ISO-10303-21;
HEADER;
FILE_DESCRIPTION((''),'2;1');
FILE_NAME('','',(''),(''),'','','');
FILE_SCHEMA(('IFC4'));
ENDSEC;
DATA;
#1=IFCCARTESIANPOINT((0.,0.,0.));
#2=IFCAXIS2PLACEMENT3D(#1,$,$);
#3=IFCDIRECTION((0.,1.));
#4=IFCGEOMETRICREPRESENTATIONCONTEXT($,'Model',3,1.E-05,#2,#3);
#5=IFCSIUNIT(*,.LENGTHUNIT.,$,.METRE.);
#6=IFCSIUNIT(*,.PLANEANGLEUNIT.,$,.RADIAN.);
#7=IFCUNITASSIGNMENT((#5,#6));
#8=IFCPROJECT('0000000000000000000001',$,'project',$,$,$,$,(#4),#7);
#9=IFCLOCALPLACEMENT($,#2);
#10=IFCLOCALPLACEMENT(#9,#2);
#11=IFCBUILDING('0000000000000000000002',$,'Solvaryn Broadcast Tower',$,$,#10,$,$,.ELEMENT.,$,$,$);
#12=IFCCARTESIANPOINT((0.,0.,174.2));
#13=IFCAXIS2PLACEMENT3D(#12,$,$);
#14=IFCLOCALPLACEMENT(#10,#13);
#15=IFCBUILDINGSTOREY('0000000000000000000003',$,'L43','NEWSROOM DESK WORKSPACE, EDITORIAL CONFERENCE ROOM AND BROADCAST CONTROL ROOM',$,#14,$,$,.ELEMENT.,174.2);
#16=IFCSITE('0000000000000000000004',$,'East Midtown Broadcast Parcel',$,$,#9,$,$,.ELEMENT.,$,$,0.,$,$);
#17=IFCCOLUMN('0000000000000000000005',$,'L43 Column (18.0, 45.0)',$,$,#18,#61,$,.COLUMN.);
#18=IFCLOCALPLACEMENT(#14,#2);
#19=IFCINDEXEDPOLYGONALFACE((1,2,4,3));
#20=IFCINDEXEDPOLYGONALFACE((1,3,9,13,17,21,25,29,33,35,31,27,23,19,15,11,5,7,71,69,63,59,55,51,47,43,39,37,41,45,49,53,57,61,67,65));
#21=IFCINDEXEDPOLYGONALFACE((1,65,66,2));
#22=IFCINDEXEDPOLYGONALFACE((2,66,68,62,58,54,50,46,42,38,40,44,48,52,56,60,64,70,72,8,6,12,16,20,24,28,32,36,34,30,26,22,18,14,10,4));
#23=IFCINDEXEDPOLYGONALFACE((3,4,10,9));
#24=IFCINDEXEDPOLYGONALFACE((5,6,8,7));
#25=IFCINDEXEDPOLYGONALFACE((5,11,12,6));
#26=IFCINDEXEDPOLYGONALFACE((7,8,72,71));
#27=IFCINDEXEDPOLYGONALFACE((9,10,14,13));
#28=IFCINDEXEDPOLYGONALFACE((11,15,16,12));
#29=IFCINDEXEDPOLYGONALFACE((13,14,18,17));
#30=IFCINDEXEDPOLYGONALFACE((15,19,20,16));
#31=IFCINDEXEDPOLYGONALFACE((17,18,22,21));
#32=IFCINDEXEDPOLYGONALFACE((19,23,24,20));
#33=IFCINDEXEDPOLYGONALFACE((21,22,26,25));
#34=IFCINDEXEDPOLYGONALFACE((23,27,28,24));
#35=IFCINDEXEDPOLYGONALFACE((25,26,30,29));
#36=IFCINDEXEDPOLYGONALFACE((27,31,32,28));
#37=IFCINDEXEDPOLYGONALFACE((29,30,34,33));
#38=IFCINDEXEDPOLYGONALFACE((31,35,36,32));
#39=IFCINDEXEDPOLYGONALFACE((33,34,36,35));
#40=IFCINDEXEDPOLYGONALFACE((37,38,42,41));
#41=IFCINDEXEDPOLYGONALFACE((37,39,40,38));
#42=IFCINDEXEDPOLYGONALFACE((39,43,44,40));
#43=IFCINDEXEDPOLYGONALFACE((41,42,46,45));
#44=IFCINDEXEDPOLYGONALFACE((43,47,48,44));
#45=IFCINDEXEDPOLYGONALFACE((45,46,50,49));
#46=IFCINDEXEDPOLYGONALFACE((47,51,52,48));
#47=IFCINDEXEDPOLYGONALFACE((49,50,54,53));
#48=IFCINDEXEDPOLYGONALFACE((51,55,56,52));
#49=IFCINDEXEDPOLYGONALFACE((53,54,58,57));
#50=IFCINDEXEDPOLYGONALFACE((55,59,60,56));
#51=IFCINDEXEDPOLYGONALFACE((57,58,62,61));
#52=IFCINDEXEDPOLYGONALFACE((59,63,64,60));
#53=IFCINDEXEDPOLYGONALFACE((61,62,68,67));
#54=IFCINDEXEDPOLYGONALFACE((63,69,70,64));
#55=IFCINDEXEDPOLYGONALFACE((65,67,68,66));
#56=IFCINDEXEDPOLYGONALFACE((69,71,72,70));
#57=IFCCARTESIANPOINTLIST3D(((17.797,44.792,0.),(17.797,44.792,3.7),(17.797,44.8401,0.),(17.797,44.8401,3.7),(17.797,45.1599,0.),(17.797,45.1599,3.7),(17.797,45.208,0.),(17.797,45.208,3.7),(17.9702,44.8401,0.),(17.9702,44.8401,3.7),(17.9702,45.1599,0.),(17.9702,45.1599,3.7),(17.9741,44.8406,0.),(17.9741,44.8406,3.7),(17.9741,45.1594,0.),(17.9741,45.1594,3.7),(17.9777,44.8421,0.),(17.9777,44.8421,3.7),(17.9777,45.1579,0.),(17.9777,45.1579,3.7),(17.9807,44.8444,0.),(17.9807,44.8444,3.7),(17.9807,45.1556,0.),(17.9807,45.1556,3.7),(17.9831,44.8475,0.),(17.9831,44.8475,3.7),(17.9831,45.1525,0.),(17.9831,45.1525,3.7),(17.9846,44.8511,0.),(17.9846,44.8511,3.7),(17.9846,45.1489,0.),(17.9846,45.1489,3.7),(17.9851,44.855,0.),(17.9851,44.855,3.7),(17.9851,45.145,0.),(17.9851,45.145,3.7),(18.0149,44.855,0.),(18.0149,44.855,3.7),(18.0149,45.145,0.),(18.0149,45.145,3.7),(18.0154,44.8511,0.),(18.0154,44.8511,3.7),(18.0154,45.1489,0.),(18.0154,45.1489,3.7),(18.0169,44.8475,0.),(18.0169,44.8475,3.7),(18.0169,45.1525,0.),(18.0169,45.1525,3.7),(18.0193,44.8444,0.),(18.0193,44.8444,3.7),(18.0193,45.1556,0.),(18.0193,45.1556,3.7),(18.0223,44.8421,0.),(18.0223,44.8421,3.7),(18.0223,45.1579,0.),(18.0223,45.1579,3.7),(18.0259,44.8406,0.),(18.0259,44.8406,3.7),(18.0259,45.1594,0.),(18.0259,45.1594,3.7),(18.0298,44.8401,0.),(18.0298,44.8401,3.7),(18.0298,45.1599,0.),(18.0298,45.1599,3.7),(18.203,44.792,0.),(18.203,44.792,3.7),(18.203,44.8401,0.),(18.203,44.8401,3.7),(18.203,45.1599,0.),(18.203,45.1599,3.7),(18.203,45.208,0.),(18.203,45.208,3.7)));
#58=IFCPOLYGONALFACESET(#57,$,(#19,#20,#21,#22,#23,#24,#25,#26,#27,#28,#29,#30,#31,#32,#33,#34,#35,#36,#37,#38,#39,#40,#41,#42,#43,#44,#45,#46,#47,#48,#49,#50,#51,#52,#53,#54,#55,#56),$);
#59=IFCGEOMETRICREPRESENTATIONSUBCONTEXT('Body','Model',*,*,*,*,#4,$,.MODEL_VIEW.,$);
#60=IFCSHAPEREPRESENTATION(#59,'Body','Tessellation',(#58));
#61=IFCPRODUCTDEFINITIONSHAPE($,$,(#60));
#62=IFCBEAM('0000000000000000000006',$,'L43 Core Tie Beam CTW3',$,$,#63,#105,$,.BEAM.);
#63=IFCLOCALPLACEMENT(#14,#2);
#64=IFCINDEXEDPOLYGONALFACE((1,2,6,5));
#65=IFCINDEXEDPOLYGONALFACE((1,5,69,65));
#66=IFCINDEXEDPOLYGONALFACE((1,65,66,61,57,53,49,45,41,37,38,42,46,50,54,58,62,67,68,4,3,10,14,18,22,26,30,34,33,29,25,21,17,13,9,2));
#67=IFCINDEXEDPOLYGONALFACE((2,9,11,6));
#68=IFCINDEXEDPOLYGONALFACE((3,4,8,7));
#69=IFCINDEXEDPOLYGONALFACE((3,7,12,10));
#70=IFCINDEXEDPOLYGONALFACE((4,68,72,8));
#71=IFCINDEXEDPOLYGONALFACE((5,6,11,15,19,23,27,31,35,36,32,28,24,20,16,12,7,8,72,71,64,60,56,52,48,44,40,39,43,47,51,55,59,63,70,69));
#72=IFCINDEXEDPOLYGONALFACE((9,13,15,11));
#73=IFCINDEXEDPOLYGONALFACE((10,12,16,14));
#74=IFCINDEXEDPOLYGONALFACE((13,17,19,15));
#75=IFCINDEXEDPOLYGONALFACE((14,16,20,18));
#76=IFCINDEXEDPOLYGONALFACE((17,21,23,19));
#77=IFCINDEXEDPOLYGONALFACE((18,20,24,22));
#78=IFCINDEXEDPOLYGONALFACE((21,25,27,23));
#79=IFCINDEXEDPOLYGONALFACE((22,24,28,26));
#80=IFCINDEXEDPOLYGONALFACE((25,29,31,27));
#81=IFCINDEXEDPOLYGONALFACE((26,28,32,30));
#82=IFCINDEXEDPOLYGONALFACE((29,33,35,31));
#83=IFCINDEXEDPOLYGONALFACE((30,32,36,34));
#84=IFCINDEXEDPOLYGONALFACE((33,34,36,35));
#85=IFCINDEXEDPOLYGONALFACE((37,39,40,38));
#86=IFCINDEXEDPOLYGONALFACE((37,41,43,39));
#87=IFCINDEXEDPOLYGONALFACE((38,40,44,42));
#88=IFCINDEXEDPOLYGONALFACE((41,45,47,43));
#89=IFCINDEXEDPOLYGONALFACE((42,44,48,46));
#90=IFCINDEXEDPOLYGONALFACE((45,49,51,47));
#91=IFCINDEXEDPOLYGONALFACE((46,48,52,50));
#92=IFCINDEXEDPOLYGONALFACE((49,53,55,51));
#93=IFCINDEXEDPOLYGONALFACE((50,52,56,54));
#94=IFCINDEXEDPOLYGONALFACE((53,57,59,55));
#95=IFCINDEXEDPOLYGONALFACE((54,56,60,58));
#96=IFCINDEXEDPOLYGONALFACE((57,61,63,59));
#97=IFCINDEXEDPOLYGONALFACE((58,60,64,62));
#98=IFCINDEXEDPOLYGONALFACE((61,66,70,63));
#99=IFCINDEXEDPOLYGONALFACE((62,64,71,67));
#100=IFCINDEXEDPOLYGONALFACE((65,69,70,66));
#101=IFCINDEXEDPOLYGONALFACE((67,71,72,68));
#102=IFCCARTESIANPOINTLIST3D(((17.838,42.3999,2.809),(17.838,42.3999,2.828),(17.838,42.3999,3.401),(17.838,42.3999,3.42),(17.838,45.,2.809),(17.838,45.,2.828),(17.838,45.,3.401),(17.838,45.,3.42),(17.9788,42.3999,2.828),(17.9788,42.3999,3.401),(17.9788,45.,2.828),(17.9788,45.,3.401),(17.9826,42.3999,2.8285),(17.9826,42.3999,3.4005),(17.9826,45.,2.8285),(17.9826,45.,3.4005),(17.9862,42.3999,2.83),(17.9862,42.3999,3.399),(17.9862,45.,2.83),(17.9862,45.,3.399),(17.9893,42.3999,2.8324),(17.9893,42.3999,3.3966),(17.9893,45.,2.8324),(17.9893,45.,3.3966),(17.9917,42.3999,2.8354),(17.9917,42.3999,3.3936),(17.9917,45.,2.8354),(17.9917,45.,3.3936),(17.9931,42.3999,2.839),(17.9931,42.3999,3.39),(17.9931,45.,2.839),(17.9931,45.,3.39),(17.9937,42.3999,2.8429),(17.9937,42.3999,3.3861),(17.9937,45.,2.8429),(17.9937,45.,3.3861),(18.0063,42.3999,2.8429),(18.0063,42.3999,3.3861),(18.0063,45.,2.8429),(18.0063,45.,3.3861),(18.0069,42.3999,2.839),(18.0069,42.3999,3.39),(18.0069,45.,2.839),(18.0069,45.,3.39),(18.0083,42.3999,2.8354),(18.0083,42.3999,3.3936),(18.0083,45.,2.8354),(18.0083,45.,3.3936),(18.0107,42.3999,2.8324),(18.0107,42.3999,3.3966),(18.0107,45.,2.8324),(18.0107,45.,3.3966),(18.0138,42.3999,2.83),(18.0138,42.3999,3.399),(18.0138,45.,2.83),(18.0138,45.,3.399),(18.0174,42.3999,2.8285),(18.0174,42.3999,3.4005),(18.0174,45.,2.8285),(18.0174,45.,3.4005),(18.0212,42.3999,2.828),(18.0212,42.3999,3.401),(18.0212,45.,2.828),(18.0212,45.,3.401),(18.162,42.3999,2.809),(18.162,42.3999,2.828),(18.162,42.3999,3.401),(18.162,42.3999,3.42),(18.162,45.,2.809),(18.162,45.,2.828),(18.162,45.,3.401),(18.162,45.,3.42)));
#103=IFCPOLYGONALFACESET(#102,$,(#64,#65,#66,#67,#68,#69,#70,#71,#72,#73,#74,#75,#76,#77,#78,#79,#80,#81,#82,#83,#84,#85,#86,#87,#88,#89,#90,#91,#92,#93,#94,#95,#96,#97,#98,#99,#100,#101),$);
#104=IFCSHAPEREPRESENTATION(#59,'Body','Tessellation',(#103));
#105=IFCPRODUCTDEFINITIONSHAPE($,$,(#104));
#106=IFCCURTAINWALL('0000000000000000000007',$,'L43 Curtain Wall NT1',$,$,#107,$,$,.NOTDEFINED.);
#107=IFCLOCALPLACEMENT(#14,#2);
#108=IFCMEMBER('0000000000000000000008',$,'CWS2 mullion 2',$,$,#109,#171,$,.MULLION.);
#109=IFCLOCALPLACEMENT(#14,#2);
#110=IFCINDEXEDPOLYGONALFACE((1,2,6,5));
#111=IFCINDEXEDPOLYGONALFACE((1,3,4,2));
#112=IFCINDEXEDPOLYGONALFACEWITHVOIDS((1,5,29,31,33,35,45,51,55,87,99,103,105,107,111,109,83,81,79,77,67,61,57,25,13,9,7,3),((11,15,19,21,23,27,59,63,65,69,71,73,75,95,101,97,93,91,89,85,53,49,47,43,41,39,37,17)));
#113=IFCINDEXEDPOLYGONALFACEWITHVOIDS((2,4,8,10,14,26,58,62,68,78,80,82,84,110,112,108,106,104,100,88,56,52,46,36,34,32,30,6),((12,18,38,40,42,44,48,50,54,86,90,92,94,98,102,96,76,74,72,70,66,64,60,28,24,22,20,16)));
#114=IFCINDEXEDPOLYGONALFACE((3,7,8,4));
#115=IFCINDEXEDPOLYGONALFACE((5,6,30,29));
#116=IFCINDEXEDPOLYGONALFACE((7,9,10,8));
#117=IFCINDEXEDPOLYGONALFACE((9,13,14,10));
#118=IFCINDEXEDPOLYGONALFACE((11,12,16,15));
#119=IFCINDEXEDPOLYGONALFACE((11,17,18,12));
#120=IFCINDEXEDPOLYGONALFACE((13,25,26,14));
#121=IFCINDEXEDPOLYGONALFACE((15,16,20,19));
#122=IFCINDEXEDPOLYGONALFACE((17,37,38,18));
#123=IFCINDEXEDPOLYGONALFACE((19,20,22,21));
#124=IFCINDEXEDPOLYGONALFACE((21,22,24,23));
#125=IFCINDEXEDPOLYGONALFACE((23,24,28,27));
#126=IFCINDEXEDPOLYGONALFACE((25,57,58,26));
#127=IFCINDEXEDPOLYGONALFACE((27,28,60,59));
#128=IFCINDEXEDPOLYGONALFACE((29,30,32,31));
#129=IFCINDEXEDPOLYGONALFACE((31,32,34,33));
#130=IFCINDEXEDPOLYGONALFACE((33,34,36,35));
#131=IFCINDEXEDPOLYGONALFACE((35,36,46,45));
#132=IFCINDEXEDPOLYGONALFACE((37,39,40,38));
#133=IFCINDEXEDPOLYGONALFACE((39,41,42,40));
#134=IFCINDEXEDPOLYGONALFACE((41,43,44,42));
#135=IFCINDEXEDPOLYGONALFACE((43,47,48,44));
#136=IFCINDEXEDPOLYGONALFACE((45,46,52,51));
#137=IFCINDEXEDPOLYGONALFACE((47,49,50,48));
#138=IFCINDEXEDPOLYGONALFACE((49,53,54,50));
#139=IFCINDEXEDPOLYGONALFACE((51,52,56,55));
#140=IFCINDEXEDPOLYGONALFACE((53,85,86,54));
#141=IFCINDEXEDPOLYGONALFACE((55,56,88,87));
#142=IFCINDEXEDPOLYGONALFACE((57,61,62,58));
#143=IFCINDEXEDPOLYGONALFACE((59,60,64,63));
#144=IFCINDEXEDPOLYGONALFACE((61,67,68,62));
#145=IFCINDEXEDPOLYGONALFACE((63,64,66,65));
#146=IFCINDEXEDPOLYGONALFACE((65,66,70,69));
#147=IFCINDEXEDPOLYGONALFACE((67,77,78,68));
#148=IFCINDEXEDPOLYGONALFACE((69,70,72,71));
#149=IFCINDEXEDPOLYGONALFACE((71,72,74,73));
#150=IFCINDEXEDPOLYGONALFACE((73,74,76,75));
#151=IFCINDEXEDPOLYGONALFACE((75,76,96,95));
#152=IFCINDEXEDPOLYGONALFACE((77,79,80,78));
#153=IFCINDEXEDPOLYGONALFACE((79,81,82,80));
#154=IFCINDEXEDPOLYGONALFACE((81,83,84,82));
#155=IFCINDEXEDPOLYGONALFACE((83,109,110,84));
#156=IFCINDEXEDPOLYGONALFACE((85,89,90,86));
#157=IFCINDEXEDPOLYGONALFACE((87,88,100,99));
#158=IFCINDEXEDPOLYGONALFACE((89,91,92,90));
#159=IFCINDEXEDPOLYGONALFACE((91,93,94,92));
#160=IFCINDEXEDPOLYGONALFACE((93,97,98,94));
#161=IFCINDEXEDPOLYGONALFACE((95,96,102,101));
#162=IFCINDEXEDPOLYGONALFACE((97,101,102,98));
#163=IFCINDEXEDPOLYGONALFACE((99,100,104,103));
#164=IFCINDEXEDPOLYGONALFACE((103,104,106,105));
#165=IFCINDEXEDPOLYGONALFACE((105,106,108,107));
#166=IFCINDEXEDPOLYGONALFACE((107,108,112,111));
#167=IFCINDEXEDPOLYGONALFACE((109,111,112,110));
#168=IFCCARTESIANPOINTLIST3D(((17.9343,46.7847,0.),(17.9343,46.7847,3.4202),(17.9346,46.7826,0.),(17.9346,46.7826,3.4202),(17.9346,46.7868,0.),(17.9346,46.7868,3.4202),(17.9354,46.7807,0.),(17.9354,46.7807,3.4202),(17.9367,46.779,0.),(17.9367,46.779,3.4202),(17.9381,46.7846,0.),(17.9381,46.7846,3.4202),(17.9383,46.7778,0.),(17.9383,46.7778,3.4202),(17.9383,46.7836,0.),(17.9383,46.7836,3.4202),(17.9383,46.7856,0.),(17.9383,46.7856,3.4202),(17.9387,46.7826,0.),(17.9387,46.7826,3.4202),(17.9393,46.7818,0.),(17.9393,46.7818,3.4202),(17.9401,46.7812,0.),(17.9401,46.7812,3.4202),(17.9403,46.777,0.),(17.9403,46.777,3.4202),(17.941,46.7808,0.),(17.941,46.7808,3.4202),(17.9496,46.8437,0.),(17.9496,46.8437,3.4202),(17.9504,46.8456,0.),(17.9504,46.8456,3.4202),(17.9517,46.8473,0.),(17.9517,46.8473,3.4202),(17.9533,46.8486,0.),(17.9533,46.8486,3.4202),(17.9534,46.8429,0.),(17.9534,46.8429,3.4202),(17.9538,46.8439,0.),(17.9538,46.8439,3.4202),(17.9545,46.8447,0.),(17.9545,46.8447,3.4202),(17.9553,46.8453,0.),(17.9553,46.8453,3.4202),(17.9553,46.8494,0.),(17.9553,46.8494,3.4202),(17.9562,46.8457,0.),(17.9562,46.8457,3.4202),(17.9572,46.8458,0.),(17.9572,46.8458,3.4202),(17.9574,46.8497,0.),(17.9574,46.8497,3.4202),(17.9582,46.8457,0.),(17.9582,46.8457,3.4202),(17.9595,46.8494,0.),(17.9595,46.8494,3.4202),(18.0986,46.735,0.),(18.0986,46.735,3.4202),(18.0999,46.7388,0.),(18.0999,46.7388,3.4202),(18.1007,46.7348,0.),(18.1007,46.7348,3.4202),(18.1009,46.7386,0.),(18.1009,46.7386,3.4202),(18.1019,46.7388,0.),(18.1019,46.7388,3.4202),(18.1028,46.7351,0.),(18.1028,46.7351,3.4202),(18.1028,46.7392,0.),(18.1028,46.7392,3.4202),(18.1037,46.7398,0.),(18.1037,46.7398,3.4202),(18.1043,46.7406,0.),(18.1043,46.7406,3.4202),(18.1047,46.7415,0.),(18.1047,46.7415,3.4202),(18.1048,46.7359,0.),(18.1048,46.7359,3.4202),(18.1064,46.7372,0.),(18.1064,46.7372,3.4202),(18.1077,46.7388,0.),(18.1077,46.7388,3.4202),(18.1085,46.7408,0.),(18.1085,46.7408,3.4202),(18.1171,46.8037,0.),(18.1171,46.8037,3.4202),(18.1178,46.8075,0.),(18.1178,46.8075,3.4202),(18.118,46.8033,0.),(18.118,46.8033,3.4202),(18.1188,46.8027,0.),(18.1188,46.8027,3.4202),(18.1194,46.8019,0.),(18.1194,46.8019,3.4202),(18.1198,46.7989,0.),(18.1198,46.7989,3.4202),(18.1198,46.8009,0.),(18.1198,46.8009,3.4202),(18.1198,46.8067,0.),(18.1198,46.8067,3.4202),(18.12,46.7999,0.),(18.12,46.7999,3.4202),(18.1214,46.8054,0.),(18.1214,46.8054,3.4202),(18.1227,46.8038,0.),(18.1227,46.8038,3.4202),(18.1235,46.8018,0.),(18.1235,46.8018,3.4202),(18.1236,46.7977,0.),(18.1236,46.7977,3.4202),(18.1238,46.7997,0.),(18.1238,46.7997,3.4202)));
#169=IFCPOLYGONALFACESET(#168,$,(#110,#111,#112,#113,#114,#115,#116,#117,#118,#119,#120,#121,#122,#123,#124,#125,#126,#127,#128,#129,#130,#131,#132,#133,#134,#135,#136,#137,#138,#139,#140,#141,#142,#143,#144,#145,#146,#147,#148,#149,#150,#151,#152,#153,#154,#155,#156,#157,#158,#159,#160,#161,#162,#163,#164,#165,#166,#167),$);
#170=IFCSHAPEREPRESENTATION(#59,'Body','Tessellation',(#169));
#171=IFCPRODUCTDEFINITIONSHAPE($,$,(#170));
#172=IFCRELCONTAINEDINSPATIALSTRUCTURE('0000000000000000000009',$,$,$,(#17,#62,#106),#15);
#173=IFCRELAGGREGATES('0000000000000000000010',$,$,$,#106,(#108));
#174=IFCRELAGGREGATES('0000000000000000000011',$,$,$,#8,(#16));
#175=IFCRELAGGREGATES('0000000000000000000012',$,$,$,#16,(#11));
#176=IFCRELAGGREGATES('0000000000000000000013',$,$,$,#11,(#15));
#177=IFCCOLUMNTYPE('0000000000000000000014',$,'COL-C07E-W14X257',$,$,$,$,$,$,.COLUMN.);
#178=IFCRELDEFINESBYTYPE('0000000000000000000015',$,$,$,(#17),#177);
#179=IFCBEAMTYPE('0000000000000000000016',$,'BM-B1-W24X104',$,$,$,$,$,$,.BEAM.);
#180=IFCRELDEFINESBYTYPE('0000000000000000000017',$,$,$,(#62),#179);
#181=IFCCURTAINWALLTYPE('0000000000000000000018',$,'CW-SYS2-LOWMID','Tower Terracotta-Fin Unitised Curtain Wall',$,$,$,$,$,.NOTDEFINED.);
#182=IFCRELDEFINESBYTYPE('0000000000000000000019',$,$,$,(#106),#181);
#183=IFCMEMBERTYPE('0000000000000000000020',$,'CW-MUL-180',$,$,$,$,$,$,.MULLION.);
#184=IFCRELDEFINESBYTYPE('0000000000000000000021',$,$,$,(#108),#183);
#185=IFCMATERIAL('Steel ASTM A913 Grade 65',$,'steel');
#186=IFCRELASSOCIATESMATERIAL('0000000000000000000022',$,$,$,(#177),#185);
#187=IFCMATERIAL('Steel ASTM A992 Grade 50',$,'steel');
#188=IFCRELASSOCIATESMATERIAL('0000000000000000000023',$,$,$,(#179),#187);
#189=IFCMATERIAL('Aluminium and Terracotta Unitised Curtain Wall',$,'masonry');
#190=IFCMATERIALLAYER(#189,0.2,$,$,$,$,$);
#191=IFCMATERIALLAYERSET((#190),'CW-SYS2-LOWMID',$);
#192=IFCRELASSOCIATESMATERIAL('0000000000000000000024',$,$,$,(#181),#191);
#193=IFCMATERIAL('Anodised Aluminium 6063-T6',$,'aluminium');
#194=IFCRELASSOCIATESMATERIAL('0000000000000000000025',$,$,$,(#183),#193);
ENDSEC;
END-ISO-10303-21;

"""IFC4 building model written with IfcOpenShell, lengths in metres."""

from ifc_helpers import new_model, si_unit, direction, frame, origin, origin_2d, place, context, subcontext, project, spatial, hollow_rectangle, i_section, extrude, material, layer, layer_set, material_profile, profile_set, type_object, element, aggregate, save


model = new_model("IFC4")

# Units and contexts
model_context = context("Model", 3, precision=1e-05, world=origin(), true_north=direction((0.0, 1.0)))
body_context = subcontext(model_context, "Body", "Model", "MODEL_VIEW")
ifc_project = project(units=[si_unit("LENGTHUNIT", "METRE"), si_unit("PLANEANGLEUNIT", "RADIAN")], contexts=[model_context])

# Site, building, storey
site_placement = place(None, origin())
site = spatial("IfcSite", under=ifc_project, at=site_placement, Name="East Midtown Broadcast Parcel", CompositionType="ELEMENT", RefElevation=0.0)
building_placement = place(site_placement, origin())
building = spatial("IfcBuilding", under=site, at=building_placement, Name="Solvaryn Broadcast Tower", CompositionType="ELEMENT")
storey_placement = place(building_placement, frame((0.0, 0.0, 174.2)))
storey = spatial("IfcBuildingStorey", under=building, at=storey_placement, Name="L43", Description="NEWSROOM DESK WORKSPACE, EDITORIAL CONFERENCE ROOM AND BROADCAST CONTROL ROOM", CompositionType="ELEMENT", Elevation=174.2)

# Column
ifc_material_1 = material(Name="Steel ASTM A913 Grade 65", Category="steel")
ifc_material_profile_1 = material_profile(ifc_material_1, i_section(OverallWidth=0.406, OverallDepth=0.416, WebThickness=0.0298, FlangeThickness=0.0481, FilletRadius=0.0149, at=origin_2d()))
ifc_profile_set_1 = profile_set([ifc_material_profile_1], Name="Steel ASTM A913 Grade 65")
column_type = type_object("IfcColumnType", Name="COL-C07E-W14X257", PredefinedType="COLUMN", material=ifc_profile_set_1)
column_placement = place(storey_placement, frame((18.0, 45.0, 0.0), z_axis=(0.0, 0.0, 1.0), x_axis=(1.0, 0.0, 0.0)))
element("IfcColumn", 1, at=column_placement, inside=storey, type_object=column_type, Name="L43 Column (18.0, 45.0)", PredefinedType="COLUMN", context=body_context, shape_type="SweptSolid", body=[
    extrude(i_section(OverallWidth=0.406, OverallDepth=0.416, WebThickness=0.0298, FlangeThickness=0.0481, FilletRadius=0.0149, at=origin_2d()), origin(), (0.0, 0.0, 1.0), 3.7),
])

# Beam
ifc_material_2 = material(Name="Steel ASTM A992 Grade 50", Category="steel")
ifc_material_profile_2 = material_profile(ifc_material_2, i_section(OverallWidth=0.324, OverallDepth=0.6111, WebThickness=0.0127, FlangeThickness=0.019, FilletRadius=0.0149, at=origin_2d()))
ifc_profile_set_2 = profile_set([ifc_material_profile_2], Name="Steel ASTM A992 Grade 50")
beam_type = type_object("IfcBeamType", Name="BM-B1-W24X104", PredefinedType="BEAM", material=ifc_profile_set_2)
beam_placement = place(storey_placement, frame((18.0, 42.3999, 3.1145), z_axis=(0.0, 1.0, 0.0), x_axis=(-1.0, 0.0, 0.0)))
element("IfcBeam", 2, at=beam_placement, inside=storey, type_object=beam_type, Name="L43 Core Tie Beam CTW3", PredefinedType="BEAM", context=body_context, shape_type="SweptSolid", body=[
    extrude(i_section(OverallWidth=0.324, OverallDepth=0.6111, WebThickness=0.0127, FlangeThickness=0.019, FilletRadius=0.0149, at=origin_2d()), origin(), (0.0, 0.0, 1.0), 2.6001),
])

# Curtain wall, member
ifc_material_3 = material(Name="Aluminium and Terracotta Unitised Curtain Wall", Category="masonry")
ifc_layer_1 = layer(ifc_material_3, 0.2)
ifc_layer_set_1 = layer_set([ifc_layer_1], Name="CW-SYS2-LOWMID")
curtain_wall_type = type_object("IfcCurtainWallType", Name="CW-SYS2-LOWMID", Description="Tower Terracotta-Fin Unitised Curtain Wall", PredefinedType="NOTDEFINED", material=ifc_layer_set_1)
curtain_wall_1_placement = place(storey_placement, origin())
curtain_wall_1 = element("IfcCurtainWall", 3, at=curtain_wall_1_placement, inside=storey, type_object=curtain_wall_type, Name="L43 Curtain Wall NT1", PredefinedType="NOTDEFINED")
ifc_material_4 = material(Name="Anodised Aluminium 6063-T6", Category="aluminium")
ifc_material_profile_3 = material_profile(ifc_material_4, hollow_rectangle(XDim=0.075, YDim=0.1799, WallThickness=0.0039, InnerFilletRadius=0.0039, OuterFilletRadius=0.0081, at=origin_2d()))
ifc_profile_set_3 = profile_set([ifc_material_profile_3], Name="Anodised Aluminium 6063-T6")
member_type_1 = type_object("IfcMemberType", Name="CW-MUL-180", PredefinedType="MULLION", material=ifc_profile_set_3)
member_1_placement = place(storey_placement, frame((18.0291, 46.7922, 0.0), z_axis=(0.0, 0.0, 1.0), x_axis=(-0.255893, -0.966705, 0.0)))
member_1 = element("IfcMember", 4, at=member_1_placement, type_object=member_type_1, Name="CWS2 mullion 2", PredefinedType="MULLION", context=body_context, shape_type="SweptSolid", body=[
    extrude(hollow_rectangle(XDim=0.075, YDim=0.1799, WallThickness=0.0039, InnerFilletRadius=0.0039, OuterFilletRadius=0.0081, at=origin_2d()), origin(), (0.0, 0.0, 1.0), 3.4202),
])

aggregate(curtain_wall_1, [member_1])

save(model, "model.ifc")
